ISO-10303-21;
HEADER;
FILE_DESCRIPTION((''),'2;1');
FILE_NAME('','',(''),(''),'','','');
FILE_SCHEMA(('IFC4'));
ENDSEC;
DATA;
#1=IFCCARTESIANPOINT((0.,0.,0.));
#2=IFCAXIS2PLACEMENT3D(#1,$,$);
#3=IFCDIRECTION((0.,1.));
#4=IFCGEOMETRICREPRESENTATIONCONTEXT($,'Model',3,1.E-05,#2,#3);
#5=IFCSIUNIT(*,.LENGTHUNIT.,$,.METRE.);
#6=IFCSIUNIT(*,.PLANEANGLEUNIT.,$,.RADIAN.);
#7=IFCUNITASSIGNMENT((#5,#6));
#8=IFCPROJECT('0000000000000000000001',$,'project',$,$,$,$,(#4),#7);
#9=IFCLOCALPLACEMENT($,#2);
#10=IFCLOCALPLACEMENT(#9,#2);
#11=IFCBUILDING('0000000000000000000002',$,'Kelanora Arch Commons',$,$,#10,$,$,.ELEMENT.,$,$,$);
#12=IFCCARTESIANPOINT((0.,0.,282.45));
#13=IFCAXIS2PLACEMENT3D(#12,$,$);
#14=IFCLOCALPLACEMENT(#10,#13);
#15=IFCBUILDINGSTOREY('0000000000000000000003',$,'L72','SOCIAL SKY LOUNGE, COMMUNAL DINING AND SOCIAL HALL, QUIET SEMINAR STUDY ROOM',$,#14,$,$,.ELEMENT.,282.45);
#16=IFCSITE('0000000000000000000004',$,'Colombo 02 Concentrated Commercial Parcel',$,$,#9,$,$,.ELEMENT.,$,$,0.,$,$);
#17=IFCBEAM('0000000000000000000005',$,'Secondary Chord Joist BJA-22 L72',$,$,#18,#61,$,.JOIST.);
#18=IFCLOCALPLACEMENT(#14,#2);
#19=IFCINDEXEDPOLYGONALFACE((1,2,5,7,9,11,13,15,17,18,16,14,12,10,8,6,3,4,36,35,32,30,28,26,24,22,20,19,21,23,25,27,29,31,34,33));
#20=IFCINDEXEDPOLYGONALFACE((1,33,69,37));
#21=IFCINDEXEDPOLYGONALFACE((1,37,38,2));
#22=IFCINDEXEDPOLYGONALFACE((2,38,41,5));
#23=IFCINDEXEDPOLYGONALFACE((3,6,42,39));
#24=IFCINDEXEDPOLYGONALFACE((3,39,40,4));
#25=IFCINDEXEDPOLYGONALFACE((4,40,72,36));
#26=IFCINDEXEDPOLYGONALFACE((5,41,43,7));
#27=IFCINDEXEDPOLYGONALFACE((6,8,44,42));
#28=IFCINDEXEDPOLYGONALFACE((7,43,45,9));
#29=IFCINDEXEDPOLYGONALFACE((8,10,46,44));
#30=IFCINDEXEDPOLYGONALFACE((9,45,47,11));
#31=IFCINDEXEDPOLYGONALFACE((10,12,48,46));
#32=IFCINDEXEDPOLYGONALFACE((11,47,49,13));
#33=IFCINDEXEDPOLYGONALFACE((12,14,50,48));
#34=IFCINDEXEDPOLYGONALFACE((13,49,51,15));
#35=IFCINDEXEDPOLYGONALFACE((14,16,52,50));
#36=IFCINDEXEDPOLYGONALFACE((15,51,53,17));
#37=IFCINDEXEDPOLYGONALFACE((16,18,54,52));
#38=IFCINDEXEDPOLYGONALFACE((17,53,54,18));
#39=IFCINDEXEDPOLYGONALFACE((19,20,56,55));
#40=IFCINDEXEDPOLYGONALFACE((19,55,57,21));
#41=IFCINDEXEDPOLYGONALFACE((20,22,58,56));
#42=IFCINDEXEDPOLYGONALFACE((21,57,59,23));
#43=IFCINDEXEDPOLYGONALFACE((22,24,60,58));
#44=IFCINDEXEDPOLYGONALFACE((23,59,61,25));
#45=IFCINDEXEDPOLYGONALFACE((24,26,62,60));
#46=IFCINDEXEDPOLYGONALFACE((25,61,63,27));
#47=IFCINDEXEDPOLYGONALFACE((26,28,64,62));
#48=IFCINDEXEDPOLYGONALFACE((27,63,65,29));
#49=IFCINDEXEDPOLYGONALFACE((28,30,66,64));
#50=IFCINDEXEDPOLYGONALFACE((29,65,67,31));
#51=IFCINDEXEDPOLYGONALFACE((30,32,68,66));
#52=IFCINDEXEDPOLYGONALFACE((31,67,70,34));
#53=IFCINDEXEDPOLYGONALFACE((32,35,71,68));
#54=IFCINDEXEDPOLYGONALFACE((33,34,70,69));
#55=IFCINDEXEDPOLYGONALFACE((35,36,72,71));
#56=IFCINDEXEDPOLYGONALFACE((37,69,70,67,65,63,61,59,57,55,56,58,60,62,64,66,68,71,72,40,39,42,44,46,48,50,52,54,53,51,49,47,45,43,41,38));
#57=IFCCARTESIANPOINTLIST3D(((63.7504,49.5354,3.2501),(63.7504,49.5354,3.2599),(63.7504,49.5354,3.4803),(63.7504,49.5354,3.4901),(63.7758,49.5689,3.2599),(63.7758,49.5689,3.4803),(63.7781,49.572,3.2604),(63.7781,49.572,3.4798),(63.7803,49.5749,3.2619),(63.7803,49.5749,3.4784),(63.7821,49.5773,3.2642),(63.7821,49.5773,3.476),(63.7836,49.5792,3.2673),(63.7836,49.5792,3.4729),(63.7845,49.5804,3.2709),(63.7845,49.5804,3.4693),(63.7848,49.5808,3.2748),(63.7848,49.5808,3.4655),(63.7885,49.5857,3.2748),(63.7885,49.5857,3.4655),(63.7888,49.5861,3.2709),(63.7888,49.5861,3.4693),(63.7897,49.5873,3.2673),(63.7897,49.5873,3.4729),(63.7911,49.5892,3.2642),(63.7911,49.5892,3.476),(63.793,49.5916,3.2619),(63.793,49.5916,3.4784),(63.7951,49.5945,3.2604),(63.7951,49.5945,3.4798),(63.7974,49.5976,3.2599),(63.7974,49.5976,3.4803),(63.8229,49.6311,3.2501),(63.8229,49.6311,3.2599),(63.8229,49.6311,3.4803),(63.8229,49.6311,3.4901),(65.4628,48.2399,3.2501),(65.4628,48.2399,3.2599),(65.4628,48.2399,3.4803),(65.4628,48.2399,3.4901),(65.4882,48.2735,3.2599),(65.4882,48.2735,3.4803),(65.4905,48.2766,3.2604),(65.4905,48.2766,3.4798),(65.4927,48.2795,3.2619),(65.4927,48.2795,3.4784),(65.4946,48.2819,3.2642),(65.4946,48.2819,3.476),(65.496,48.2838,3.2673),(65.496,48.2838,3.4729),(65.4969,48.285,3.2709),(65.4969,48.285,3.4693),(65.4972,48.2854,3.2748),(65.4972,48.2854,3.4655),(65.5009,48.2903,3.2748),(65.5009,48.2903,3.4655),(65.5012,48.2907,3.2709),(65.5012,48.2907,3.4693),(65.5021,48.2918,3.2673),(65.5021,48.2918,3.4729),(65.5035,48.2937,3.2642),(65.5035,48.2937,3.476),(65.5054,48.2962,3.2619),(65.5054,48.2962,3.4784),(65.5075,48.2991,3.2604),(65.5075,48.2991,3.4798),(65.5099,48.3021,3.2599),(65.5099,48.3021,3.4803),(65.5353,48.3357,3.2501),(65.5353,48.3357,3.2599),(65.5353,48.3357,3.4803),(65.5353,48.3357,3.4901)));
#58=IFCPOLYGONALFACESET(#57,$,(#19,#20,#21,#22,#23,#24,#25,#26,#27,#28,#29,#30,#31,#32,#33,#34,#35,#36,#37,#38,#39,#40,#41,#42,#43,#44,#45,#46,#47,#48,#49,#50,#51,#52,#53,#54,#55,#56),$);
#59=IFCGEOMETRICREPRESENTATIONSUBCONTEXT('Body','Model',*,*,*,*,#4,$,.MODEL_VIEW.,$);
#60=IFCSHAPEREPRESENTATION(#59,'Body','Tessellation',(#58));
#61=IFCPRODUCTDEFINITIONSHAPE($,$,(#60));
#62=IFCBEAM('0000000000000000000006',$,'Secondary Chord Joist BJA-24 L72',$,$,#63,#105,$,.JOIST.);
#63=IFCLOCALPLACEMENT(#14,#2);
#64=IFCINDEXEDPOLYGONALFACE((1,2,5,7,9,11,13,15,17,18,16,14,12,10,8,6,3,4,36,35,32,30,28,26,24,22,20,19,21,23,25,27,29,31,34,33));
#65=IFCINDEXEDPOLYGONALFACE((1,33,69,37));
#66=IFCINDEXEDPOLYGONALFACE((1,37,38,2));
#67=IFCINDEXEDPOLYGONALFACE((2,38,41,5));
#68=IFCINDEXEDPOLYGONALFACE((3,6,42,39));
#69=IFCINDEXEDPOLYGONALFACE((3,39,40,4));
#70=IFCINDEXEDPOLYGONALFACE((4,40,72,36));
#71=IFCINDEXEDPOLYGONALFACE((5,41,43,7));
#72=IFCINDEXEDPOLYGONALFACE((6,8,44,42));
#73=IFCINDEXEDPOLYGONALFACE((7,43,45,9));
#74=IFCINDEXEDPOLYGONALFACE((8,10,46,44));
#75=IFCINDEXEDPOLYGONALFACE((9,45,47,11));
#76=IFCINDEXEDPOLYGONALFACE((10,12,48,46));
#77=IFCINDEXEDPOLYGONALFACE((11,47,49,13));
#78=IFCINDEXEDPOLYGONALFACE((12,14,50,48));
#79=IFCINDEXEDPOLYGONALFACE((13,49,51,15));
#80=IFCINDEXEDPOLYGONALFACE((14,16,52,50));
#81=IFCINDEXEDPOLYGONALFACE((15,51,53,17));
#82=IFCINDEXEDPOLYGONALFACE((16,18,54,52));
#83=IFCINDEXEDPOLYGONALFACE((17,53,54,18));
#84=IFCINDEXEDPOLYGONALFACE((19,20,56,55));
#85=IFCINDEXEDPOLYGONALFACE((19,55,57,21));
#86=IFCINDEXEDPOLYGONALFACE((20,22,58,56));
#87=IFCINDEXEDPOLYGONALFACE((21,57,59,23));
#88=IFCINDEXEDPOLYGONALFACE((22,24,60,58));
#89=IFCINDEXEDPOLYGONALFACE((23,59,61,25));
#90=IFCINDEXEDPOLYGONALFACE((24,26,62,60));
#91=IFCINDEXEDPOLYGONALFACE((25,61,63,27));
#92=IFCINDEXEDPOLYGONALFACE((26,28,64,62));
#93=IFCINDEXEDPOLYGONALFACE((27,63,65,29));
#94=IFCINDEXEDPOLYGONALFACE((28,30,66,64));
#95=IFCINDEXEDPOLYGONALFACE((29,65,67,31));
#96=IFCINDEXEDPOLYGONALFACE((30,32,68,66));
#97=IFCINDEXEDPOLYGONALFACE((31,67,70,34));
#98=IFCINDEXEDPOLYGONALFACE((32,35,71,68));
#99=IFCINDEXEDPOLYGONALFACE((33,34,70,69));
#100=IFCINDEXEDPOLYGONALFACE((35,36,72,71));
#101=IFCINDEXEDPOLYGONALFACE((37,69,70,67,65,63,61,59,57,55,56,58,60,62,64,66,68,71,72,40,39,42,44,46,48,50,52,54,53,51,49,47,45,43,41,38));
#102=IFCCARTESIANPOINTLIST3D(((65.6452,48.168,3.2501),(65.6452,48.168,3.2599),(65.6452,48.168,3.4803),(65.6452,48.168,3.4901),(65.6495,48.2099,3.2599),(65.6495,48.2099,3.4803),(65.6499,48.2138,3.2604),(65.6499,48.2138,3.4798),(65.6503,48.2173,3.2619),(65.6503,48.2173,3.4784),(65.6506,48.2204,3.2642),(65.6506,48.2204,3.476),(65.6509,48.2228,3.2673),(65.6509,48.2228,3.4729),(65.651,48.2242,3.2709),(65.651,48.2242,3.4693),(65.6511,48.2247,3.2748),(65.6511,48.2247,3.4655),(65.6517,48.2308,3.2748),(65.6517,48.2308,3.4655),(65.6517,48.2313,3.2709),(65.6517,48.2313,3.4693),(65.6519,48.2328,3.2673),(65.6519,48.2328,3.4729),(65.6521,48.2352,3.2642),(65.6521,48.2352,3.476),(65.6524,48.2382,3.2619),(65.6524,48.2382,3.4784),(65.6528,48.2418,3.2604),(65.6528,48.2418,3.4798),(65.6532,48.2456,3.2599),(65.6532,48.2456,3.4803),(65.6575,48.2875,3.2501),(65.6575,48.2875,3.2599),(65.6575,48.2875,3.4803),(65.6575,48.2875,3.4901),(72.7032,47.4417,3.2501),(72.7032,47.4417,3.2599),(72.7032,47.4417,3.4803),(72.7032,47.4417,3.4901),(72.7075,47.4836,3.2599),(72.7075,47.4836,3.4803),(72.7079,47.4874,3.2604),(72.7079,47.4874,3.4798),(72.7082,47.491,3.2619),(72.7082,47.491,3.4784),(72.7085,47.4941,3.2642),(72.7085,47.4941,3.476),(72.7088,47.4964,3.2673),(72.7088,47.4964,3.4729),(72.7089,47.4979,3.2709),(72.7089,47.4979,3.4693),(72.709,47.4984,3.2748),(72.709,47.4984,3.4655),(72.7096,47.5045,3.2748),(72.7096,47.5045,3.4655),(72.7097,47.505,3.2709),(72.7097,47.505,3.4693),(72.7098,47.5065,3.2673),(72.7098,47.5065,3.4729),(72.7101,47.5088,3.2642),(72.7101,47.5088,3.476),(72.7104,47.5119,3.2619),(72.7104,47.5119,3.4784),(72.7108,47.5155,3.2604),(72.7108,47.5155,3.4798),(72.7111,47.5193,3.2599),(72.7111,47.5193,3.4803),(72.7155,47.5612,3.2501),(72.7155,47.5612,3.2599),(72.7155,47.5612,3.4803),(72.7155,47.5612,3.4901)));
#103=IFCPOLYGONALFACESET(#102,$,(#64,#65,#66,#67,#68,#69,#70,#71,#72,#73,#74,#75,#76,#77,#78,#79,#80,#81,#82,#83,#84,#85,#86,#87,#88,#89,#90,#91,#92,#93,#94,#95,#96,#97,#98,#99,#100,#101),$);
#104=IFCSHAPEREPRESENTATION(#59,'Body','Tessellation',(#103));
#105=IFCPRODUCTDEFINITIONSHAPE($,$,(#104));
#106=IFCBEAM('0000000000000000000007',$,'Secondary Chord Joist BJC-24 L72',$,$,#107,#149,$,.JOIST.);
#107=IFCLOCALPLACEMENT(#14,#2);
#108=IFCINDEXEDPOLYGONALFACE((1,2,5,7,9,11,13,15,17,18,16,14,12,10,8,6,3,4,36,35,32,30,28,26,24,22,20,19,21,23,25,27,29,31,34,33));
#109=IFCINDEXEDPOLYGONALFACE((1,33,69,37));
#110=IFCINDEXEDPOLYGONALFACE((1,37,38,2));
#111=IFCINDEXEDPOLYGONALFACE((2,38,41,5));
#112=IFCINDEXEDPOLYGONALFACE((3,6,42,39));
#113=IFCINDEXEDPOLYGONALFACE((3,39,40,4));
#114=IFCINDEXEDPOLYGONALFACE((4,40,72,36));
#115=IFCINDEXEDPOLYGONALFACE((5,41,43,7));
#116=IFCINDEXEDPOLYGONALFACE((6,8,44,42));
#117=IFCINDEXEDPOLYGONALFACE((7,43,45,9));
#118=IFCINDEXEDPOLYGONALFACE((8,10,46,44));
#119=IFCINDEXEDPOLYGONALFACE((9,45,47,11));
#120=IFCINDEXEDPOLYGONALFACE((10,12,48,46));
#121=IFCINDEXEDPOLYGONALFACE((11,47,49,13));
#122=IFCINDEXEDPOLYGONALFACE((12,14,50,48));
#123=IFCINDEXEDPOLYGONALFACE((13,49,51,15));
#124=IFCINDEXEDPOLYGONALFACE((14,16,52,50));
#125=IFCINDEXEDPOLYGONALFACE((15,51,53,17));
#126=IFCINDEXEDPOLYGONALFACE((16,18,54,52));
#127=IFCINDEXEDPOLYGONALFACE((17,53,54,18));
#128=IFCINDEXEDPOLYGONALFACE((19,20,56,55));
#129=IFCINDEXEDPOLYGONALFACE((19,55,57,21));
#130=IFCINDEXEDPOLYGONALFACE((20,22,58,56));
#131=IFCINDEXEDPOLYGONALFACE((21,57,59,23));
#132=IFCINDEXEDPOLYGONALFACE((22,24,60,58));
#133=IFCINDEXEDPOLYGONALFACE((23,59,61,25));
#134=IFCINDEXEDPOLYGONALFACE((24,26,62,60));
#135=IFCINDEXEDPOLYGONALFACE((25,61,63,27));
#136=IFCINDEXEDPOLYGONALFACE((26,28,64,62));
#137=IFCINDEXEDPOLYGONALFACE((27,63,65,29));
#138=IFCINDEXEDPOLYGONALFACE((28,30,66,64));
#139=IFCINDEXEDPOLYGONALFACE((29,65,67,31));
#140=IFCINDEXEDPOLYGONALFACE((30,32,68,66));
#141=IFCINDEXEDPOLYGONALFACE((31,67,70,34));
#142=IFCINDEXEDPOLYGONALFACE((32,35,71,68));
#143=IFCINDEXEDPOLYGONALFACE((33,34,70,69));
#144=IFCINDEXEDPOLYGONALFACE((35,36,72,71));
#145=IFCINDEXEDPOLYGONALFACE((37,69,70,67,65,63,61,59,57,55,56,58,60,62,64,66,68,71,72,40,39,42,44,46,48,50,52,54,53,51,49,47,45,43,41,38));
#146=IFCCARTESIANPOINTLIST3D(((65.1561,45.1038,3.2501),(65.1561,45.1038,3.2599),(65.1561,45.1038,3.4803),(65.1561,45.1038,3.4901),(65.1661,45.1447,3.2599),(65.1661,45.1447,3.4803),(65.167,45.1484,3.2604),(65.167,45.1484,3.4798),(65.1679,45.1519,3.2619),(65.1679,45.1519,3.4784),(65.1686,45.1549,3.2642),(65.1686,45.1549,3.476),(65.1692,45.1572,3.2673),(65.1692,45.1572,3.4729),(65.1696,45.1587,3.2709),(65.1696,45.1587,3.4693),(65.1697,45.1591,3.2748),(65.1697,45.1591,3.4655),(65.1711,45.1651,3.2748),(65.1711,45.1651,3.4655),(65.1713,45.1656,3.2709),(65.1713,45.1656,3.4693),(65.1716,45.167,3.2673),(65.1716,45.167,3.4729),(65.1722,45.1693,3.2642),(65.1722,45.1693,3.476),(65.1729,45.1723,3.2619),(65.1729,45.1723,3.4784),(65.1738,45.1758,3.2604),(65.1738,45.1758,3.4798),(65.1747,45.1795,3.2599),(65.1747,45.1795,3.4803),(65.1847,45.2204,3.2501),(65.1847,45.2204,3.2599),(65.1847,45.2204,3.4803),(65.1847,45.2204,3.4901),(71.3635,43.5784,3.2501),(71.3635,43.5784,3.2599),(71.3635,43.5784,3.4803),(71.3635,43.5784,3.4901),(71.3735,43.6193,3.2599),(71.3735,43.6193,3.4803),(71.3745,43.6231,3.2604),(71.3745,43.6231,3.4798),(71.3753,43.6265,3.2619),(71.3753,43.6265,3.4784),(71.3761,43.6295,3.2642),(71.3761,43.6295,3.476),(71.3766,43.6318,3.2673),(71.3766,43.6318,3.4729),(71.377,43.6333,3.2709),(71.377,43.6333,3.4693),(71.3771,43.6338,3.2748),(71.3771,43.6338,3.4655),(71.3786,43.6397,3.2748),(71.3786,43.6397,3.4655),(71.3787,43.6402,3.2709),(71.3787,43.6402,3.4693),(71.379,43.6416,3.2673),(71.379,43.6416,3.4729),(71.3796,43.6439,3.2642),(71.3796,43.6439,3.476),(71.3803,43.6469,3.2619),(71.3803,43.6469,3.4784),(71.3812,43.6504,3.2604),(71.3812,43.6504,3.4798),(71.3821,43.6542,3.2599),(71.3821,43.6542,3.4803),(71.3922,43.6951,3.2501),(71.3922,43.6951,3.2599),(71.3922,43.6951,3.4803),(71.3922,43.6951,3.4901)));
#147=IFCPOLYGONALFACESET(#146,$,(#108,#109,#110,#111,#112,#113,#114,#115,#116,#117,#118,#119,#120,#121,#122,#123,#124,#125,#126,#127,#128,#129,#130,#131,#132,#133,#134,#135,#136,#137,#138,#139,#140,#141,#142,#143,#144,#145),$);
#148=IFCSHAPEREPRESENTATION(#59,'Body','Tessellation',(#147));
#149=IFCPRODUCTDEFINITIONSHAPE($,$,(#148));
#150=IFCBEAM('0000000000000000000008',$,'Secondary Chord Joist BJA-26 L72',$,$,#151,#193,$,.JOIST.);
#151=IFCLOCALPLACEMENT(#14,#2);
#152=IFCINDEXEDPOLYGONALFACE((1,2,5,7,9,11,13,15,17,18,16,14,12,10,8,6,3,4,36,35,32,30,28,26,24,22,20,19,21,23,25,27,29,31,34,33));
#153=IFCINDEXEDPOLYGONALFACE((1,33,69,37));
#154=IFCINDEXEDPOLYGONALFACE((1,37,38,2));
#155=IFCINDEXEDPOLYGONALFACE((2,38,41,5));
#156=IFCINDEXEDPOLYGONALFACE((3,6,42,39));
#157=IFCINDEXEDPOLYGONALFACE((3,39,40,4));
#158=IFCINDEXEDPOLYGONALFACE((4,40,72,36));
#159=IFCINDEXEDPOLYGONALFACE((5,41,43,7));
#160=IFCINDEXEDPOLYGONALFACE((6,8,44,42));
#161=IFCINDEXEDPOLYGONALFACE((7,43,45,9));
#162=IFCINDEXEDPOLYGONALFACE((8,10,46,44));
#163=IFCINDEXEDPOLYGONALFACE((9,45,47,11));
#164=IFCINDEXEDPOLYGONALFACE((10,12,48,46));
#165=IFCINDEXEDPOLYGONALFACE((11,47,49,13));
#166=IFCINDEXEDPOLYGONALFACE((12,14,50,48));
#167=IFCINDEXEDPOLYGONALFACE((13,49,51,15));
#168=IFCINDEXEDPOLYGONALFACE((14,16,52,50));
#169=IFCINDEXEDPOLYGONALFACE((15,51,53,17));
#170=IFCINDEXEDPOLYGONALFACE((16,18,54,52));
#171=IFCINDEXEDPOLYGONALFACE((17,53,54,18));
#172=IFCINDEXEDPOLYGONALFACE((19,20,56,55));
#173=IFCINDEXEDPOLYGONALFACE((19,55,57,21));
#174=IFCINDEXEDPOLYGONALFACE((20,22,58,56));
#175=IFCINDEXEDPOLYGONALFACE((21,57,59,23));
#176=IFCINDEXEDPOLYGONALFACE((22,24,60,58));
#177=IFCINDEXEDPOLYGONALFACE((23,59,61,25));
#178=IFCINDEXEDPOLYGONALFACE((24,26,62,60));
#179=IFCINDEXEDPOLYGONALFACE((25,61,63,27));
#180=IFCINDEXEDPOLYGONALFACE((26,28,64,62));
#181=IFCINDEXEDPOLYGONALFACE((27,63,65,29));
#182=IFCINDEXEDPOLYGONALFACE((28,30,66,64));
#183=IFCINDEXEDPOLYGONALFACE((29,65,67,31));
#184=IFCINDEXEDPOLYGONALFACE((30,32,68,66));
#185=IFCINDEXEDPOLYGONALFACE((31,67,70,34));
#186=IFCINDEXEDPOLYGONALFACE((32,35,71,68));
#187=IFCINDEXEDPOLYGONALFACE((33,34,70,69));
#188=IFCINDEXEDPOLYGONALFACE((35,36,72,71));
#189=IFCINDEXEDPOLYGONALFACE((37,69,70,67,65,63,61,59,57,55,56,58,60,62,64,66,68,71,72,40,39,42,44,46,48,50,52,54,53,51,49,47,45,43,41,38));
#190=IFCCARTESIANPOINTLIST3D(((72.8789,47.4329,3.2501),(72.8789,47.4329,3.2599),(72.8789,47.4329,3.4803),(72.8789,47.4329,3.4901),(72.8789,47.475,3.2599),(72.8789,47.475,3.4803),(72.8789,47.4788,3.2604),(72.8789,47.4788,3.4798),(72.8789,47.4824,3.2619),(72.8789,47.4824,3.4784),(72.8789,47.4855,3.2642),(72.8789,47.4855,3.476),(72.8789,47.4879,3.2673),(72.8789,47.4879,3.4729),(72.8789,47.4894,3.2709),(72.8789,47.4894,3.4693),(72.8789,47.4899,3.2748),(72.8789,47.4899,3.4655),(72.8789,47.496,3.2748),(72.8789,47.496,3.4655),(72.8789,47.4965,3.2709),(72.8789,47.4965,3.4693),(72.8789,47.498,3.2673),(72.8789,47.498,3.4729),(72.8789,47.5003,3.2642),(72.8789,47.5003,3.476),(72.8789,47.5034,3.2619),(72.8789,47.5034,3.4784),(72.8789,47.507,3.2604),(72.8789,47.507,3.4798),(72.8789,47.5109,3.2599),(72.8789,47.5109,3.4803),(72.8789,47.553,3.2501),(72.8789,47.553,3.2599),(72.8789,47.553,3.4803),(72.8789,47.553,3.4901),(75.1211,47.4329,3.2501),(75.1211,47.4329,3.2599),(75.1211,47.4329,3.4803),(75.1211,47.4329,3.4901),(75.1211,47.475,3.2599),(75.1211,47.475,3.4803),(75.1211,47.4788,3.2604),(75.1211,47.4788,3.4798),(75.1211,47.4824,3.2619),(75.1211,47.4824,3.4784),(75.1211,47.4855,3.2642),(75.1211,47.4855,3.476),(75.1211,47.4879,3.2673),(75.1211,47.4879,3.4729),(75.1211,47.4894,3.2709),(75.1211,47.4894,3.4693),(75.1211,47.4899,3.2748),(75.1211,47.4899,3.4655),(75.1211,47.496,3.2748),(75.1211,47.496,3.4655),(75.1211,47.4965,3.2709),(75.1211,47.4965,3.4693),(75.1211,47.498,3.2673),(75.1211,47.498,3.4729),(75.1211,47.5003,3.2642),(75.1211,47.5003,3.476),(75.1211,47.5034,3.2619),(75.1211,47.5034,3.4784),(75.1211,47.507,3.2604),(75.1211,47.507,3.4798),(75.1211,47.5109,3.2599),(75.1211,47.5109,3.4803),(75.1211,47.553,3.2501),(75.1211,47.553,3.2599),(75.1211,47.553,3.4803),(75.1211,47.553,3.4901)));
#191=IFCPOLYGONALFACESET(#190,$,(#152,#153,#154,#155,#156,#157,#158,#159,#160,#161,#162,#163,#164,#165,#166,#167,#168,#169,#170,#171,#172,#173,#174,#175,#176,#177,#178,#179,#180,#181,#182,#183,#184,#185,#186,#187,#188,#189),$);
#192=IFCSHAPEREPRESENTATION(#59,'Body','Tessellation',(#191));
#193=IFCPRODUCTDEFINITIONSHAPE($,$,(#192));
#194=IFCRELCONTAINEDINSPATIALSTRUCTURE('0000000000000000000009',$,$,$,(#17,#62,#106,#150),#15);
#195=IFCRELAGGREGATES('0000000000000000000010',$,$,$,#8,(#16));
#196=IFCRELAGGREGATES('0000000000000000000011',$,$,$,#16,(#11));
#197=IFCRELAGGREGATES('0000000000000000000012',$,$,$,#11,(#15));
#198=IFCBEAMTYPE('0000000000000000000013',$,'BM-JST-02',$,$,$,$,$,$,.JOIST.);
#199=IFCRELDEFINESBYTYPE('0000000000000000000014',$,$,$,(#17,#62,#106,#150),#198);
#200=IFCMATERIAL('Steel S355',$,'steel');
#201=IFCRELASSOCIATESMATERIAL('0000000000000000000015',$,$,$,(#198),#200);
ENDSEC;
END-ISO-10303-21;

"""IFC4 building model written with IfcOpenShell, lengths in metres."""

from ifc_helpers import new_model, si_unit, direction, frame, origin, origin_2d, place, context, subcontext, project, spatial, i_section, extrude, material, material_profile, profile_set, type_object, element, save


model = new_model("IFC4")

# Units and contexts
model_context = context("Model", 3, precision=1e-05, world=origin(), true_north=direction((0.0, 1.0)))
body_context = subcontext(model_context, "Body", "Model", "MODEL_VIEW")
ifc_project = project(units=[si_unit("LENGTHUNIT", "METRE"), si_unit("PLANEANGLEUNIT", "RADIAN")], contexts=[model_context])

# Site, building, storey
site_placement = place(None, origin())
site = spatial("IfcSite", under=ifc_project, at=site_placement, Name="Colombo 02 Concentrated Commercial Parcel", CompositionType="ELEMENT", RefElevation=0.0)
building_placement = place(site_placement, origin())
building = spatial("IfcBuilding", under=site, at=building_placement, Name="Kelanora Arch Commons", CompositionType="ELEMENT")
storey_placement = place(building_placement, frame((0.0, 0.0, 282.45)))
storey = spatial("IfcBuildingStorey", under=building, at=storey_placement, Name="L72", Description="SOCIAL SKY LOUNGE, COMMUNAL DINING AND SOCIAL HALL, QUIET SEMINAR STUDY ROOM", CompositionType="ELEMENT", Elevation=282.45)

# Beams
ifc_material_1 = material(Name="Steel S355", Category="steel")
ifc_material_profile_1 = material_profile(ifc_material_1, i_section(OverallWidth=0.1201, OverallDepth=0.24, WebThickness=0.0061, FlangeThickness=0.0098, FilletRadius=0.0149, at=origin_2d()), Name="IPE240")
ifc_profile_set_1 = profile_set([ifc_material_profile_1], Name="Steel S355")
beam_type_1 = type_object("IfcBeamType", Name="BM-JST-02", PredefinedType="JOIST", material=ifc_profile_set_1)
beam_1_placement = place(storey_placement, frame((63.7866, 49.5833, 3.3701), z_axis=(0.79751, -0.603306, 0.0), x_axis=(0.603306, 0.79751, 0.0)))
element("IfcBeam", 1, at=beam_1_placement, inside=storey, type_object=beam_type_1, Name="Secondary Chord Joist BJA-22 L72", PredefinedType="JOIST", context=body_context, shape_type="SweptSolid", body=[
    extrude(i_section(OverallWidth=0.1201, OverallDepth=0.24, WebThickness=0.0061, FlangeThickness=0.0098, FilletRadius=0.0149, at=origin_2d()), origin(), (0.0, 0.0, 1.0), 2.1472),
])
beam_2_placement = place(storey_placement, frame((65.6514, 48.2278, 3.3701), z_axis=(0.994747, -0.102369, 0.0), x_axis=(0.102369, 0.994747, 0.0)))
element("IfcBeam", 2, at=beam_2_placement, inside=storey, type_object=beam_type_1, Name="Secondary Chord Joist BJA-24 L72", PredefinedType="JOIST", context=body_context, shape_type="SweptSolid", body=[
    extrude(i_section(OverallWidth=0.1201, OverallDepth=0.24, WebThickness=0.0061, FlangeThickness=0.0098, FilletRadius=0.0149, at=origin_2d()), origin(), (0.0, 0.0, 1.0), 7.0952),
])
beam_3_placement = place(storey_placement, frame((65.1704, 45.1621, 3.3701), z_axis=(0.97111, -0.238633, 0.0), x_axis=(0.238633, 0.97111, 0.0)))
element("IfcBeam", 3, at=beam_3_placement, inside=storey, type_object=beam_type_1, Name="Secondary Chord Joist BJC-24 L72", PredefinedType="JOIST", context=body_context, shape_type="SweptSolid", body=[
    extrude(i_section(OverallWidth=0.1201, OverallDepth=0.24, WebThickness=0.0061, FlangeThickness=0.0098, FilletRadius=0.0149, at=origin_2d()), origin(), (0.0, 0.0, 1.0), 6.3921),
])
beam_4_placement = place(storey_placement, frame((72.8789, 47.4929, 3.3701), z_axis=(1.0, 0.0, 0.0), x_axis=(0.0, 1.0, 0.0)))
element("IfcBeam", 4, at=beam_4_placement, inside=storey, type_object=beam_type_1, Name="Secondary Chord Joist BJA-26 L72", PredefinedType="JOIST", context=body_context, shape_type="SweptSolid", body=[
    extrude(i_section(OverallWidth=0.1201, OverallDepth=0.24, WebThickness=0.0061, FlangeThickness=0.0098, FilletRadius=0.0149, at=origin_2d()), origin(), (0.0, 0.0, 1.0), 2.2422),
])

save(model, "model.ifc")
